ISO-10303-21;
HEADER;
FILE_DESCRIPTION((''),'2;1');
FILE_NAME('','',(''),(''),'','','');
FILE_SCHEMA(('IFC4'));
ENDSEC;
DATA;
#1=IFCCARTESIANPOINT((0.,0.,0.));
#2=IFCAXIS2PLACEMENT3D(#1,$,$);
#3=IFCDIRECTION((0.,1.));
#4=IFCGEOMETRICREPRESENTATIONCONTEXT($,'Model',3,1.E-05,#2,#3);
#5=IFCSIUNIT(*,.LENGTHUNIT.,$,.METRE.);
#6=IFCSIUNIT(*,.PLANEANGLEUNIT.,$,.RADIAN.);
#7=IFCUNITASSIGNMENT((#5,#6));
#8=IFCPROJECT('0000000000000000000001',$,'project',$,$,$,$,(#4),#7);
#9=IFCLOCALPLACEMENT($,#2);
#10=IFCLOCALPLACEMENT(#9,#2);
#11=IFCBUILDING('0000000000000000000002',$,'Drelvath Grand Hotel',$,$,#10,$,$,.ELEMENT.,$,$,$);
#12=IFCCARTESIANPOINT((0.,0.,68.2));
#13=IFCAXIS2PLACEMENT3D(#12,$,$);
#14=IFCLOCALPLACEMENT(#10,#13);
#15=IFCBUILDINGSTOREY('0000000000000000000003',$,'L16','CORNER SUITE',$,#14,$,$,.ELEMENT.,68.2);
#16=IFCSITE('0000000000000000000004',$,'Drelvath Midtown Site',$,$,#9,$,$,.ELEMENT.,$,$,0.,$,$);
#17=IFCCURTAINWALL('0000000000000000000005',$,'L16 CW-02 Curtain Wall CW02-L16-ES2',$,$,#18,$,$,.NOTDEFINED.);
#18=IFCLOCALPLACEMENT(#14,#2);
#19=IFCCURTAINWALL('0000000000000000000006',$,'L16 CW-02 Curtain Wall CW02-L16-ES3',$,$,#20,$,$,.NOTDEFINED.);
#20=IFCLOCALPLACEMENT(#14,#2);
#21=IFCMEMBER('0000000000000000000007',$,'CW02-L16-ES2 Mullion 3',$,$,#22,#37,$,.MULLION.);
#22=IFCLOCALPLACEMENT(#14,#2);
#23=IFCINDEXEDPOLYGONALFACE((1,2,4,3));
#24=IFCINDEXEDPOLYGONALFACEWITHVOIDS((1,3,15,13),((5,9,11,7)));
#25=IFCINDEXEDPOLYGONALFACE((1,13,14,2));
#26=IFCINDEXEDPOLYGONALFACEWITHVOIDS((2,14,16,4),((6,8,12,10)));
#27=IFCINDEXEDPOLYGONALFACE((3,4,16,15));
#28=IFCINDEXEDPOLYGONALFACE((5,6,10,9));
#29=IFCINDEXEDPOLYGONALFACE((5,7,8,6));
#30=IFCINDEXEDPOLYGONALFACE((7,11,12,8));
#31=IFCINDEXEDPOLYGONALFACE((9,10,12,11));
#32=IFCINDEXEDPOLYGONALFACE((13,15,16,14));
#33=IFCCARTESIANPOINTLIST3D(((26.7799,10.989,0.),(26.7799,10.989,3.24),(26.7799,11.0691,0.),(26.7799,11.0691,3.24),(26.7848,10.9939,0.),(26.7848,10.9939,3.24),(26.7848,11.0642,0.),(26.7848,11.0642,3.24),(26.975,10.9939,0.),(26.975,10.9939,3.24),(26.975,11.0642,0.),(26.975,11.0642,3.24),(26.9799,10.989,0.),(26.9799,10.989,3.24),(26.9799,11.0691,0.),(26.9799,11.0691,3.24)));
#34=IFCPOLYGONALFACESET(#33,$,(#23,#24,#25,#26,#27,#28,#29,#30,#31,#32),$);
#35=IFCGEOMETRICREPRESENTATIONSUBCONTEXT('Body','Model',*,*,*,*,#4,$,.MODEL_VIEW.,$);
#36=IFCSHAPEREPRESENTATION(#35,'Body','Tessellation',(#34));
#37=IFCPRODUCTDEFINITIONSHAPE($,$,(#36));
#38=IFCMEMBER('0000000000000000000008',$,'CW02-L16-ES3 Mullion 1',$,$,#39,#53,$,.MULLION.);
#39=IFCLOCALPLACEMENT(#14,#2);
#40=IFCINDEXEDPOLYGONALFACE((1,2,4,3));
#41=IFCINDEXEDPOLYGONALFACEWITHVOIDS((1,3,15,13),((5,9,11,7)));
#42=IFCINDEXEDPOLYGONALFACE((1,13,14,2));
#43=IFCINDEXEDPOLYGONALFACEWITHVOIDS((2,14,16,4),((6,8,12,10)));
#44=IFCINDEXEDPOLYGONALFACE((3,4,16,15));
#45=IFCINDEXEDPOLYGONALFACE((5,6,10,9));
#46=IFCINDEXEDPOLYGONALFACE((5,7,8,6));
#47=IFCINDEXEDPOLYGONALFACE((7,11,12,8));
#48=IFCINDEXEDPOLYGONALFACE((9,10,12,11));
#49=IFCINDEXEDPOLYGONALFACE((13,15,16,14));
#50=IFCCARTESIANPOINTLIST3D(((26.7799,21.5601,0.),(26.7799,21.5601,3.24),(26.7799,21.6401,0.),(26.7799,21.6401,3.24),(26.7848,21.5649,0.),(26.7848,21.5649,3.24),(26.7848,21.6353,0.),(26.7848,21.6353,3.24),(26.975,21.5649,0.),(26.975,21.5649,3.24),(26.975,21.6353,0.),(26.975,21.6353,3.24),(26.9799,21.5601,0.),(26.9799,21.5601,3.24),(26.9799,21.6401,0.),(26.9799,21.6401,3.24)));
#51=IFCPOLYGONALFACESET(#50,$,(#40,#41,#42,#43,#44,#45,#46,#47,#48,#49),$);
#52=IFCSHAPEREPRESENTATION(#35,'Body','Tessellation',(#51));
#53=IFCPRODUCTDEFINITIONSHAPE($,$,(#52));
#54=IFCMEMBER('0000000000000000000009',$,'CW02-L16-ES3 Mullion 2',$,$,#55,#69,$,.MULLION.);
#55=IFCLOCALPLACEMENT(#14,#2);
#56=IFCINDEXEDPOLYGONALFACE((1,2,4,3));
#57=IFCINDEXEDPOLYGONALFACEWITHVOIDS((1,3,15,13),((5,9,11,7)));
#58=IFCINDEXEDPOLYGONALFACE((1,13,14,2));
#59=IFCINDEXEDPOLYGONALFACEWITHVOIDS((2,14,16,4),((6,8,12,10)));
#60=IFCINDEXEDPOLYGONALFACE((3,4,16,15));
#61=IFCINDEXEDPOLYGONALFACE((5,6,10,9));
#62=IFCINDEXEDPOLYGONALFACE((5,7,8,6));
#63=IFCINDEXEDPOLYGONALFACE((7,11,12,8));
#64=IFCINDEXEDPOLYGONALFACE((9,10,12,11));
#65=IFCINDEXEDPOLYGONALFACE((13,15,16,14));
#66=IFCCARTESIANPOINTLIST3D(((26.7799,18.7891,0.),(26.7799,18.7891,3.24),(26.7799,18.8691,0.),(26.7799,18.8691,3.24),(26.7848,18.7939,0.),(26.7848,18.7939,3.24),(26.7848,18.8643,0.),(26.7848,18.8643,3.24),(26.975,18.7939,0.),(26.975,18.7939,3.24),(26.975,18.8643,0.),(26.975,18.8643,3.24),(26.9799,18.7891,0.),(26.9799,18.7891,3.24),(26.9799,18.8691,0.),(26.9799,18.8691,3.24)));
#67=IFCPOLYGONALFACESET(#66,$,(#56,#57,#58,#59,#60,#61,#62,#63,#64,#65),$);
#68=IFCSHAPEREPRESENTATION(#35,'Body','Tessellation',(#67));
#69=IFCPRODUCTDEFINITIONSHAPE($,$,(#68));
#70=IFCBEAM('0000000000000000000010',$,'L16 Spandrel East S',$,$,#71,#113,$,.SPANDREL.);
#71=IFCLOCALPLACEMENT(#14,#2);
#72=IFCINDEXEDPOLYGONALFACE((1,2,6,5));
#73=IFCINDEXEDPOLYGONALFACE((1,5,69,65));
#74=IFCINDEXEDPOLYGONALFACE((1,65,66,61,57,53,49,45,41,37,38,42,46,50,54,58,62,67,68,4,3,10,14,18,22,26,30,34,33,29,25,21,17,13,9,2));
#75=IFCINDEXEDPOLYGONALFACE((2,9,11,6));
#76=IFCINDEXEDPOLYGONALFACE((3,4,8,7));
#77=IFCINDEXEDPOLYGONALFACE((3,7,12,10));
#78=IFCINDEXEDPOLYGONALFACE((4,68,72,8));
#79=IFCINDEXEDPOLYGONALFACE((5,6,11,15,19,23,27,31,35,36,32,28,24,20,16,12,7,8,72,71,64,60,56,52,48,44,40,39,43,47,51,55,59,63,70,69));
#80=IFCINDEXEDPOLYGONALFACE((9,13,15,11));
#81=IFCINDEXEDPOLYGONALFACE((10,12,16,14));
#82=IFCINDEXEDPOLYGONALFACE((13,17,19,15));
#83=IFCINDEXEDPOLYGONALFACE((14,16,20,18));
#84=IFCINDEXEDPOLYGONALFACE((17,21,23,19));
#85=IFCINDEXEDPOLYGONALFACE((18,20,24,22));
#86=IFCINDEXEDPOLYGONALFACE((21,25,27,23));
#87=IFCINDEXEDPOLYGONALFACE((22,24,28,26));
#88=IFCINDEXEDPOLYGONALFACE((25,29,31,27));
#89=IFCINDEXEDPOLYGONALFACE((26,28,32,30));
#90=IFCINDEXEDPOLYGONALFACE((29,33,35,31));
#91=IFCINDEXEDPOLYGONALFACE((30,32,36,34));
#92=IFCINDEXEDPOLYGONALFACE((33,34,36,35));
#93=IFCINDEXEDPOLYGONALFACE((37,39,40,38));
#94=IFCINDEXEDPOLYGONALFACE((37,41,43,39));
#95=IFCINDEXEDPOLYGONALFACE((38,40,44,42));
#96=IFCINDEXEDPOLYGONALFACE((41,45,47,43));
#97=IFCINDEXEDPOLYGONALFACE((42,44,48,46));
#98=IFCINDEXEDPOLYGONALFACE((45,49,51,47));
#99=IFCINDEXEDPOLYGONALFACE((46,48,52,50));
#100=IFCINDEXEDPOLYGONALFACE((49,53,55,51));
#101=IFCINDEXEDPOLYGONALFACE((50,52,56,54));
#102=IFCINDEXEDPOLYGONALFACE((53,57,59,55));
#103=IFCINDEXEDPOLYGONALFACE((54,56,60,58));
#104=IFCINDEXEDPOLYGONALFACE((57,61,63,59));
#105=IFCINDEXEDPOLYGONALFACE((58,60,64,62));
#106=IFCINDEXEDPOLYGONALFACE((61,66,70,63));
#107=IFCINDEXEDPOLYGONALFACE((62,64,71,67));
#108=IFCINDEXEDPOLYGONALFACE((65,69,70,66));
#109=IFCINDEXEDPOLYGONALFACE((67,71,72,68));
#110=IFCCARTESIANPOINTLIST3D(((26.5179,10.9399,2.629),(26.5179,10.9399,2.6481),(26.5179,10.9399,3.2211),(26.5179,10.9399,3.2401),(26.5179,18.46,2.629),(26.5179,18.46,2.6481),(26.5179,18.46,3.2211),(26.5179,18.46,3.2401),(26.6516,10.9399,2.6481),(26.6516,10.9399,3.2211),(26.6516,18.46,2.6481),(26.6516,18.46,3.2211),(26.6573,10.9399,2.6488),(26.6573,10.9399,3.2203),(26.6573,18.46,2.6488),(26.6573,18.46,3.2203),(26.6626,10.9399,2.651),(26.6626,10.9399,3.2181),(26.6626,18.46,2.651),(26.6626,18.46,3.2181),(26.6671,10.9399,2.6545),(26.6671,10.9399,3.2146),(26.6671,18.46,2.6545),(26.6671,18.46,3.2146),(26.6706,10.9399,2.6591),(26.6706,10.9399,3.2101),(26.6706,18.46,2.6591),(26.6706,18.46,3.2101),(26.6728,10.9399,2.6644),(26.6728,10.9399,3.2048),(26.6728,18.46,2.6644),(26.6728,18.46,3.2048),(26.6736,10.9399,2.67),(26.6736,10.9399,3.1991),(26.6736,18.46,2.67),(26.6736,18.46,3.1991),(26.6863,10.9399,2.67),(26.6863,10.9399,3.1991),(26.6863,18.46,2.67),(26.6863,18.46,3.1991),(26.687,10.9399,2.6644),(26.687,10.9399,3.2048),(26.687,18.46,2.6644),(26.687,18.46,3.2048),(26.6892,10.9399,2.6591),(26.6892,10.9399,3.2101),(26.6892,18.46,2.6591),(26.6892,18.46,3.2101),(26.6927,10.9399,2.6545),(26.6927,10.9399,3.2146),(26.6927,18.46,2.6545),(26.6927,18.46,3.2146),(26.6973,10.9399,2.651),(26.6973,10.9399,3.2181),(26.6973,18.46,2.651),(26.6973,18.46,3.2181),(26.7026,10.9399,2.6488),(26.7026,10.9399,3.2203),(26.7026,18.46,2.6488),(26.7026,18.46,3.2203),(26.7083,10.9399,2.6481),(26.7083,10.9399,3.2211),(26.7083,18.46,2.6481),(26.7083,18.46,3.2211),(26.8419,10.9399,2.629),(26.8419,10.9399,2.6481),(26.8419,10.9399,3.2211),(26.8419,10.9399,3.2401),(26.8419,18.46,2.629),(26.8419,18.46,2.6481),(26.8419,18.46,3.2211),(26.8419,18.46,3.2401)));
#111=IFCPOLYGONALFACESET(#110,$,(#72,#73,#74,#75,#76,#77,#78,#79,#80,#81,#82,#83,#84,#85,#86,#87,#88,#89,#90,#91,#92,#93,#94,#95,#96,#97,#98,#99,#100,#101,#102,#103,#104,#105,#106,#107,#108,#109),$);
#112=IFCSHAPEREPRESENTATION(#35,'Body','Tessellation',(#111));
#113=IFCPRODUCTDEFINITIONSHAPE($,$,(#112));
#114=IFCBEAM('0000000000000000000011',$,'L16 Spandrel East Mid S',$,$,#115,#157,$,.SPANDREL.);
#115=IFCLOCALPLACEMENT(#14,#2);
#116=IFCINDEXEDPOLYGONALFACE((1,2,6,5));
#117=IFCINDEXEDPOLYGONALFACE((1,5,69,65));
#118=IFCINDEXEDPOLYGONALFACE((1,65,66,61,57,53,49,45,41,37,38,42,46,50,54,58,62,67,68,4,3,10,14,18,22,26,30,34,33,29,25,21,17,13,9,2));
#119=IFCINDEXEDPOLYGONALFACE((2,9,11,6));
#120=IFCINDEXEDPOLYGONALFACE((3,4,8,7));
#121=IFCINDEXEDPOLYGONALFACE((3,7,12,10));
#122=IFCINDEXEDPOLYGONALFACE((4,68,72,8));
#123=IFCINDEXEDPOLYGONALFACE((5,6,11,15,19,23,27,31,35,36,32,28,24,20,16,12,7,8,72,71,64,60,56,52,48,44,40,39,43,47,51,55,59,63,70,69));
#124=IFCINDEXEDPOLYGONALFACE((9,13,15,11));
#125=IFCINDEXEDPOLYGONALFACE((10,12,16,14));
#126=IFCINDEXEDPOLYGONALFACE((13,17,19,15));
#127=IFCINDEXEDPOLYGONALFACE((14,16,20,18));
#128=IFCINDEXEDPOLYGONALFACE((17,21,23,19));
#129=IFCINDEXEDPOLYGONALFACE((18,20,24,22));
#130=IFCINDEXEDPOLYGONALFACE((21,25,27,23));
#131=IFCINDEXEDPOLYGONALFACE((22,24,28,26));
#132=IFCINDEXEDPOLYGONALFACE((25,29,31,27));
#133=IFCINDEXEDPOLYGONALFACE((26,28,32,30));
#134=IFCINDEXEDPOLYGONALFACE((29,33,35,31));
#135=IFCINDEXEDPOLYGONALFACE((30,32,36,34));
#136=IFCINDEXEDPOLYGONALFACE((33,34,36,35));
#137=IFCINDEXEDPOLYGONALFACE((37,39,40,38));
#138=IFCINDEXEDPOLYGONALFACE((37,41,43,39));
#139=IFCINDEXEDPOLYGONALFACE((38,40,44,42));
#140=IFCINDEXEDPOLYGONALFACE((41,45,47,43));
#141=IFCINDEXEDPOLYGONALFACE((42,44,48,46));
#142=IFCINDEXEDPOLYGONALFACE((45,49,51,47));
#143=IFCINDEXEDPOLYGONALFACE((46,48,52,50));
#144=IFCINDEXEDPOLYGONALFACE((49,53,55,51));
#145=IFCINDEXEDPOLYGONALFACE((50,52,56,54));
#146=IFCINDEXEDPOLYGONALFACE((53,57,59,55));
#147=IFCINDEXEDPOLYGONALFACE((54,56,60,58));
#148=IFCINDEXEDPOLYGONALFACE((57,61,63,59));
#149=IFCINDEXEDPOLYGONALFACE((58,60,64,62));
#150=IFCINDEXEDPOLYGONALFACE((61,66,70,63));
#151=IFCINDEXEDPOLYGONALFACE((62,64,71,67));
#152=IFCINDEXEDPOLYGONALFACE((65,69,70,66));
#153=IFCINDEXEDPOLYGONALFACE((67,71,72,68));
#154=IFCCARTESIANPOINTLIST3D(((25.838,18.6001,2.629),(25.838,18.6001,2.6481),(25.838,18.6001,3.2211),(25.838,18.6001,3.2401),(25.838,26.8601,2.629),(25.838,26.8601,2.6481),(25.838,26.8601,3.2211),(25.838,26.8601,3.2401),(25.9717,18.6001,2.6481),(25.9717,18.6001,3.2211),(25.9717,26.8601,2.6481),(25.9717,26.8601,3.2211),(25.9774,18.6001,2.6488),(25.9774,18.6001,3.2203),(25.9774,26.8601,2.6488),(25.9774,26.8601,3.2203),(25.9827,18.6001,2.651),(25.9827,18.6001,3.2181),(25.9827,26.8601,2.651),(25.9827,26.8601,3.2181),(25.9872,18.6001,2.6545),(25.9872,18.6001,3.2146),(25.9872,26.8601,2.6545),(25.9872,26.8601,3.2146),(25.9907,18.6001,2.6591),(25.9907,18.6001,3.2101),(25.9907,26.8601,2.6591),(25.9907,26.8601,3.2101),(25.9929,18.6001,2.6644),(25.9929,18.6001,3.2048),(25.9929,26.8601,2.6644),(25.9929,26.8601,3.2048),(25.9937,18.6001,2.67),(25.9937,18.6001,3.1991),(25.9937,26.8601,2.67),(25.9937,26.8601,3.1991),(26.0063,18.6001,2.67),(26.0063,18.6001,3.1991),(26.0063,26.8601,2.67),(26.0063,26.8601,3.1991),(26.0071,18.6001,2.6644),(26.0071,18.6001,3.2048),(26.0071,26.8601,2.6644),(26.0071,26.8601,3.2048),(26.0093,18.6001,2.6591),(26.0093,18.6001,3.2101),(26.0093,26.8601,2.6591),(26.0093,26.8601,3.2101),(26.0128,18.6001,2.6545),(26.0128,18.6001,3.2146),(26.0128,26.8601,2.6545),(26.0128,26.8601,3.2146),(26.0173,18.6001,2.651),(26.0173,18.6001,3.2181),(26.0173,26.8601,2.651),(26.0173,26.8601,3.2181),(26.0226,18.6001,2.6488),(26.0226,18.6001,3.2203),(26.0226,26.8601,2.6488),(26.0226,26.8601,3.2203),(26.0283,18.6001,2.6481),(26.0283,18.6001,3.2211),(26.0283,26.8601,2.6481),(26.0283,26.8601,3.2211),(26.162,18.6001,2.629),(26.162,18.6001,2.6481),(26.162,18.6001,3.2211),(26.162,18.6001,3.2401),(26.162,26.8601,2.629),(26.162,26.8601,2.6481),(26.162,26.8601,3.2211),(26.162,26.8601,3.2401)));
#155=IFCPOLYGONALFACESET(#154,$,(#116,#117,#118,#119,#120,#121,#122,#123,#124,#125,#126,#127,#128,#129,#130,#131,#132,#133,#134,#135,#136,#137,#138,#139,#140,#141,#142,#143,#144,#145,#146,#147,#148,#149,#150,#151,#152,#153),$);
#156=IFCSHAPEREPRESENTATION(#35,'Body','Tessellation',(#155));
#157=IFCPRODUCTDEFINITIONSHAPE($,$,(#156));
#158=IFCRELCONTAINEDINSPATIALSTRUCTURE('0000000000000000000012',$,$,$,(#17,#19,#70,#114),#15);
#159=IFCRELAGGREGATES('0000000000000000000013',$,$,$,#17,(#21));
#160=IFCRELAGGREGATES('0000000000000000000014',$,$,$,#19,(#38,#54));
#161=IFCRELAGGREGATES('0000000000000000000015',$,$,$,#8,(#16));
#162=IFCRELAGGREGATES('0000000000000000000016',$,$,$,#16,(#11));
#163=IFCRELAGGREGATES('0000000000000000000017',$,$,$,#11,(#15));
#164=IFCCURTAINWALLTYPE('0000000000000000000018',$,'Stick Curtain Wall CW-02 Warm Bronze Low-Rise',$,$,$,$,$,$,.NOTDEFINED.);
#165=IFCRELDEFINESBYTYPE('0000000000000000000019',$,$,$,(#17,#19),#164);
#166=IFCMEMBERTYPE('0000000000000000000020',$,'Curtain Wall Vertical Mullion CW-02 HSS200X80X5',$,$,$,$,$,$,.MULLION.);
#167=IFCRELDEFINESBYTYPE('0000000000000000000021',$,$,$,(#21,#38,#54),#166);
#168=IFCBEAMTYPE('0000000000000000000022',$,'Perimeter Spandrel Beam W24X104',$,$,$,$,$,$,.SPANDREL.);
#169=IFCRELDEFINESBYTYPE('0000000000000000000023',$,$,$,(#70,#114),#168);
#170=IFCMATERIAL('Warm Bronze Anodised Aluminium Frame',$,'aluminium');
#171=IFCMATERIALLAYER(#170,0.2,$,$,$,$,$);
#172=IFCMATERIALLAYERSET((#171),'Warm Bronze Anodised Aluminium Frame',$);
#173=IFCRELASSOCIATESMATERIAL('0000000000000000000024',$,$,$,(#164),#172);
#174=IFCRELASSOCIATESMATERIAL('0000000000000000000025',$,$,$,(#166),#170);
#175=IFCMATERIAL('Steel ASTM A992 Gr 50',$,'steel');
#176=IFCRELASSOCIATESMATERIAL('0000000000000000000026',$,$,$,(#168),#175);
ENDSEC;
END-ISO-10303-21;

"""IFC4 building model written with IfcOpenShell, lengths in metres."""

from ifc_helpers import new_model, si_unit, direction, frame, origin, origin_2d, place, context, subcontext, project, spatial, hollow_rectangle, i_section, extrude, material, layer, layer_set, material_profile, profile_set, type_object, element, aggregate, save


model = new_model("IFC4")

# Units and contexts
model_context = context("Model", 3, precision=1e-05, world=origin(), true_north=direction((0.0, 1.0)))
body_context = subcontext(model_context, "Body", "Model", "MODEL_VIEW")
ifc_project = project(units=[si_unit("LENGTHUNIT", "METRE"), si_unit("PLANEANGLEUNIT", "RADIAN")], contexts=[model_context])

# Site, building, storey
site_placement = place(None, origin())
site = spatial("IfcSite", under=ifc_project, at=site_placement, Name="Drelvath Midtown Site", CompositionType="ELEMENT", RefElevation=0.0)
building_placement = place(site_placement, origin())
building = spatial("IfcBuilding", under=site, at=building_placement, Name="Drelvath Grand Hotel", CompositionType="ELEMENT")
storey_placement = place(building_placement, frame((0.0, 0.0, 68.2)))
storey = spatial("IfcBuildingStorey", under=building, at=storey_placement, Name="L16", Description="CORNER SUITE", CompositionType="ELEMENT", Elevation=68.2)

# Curtain walls
ifc_material_1 = material(Name="Warm Bronze Anodised Aluminium Frame", Category="aluminium")
ifc_layer_1 = layer(ifc_material_1, 0.2)
ifc_layer_set_1 = layer_set([ifc_layer_1], Name="Warm Bronze Anodised Aluminium Frame")
curtain_wall_type = type_object("IfcCurtainWallType", Name="Stick Curtain Wall CW-02 Warm Bronze Low-Rise", PredefinedType="NOTDEFINED", material=ifc_layer_set_1)
curtain_wall_1_placement = place(storey_placement, origin())
curtain_wall_1 = element("IfcCurtainWall", 1, at=curtain_wall_1_placement, inside=storey, type_object=curtain_wall_type, Name="L16 CW-02 Curtain Wall CW02-L16-ES2", PredefinedType="NOTDEFINED")
curtain_wall_2_placement = place(storey_placement, origin())
curtain_wall_2 = element("IfcCurtainWall", 2, at=curtain_wall_2_placement, inside=storey, type_object=curtain_wall_type, Name="L16 CW-02 Curtain Wall CW02-L16-ES3", PredefinedType="NOTDEFINED")
ifc_material_profile_1 = material_profile(ifc_material_1, hollow_rectangle(XDim=0.0801, YDim=0.2, WallThickness=0.0049, at=origin_2d()), Name="HSS200X80X5")
ifc_profile_set_1 = profile_set([ifc_material_profile_1], Name="Warm Bronze Anodised Aluminium Frame")
member_type_1 = type_object("IfcMemberType", Name="Curtain Wall Vertical Mullion CW-02 HSS200X80X5", PredefinedType="MULLION", material=ifc_profile_set_1)

# Members
member_1_placement = place(storey_placement, frame((26.8799, 11.0291, 0.0), z_axis=(0.0, 0.0, 1.0), x_axis=(0.0, 1.0, 0.0)))
member_1 = element("IfcMember", 3, at=member_1_placement, type_object=member_type_1, Name="CW02-L16-ES2 Mullion 3", PredefinedType="MULLION", context=body_context, shape_type="SweptSolid", body=[
    extrude(hollow_rectangle(XDim=0.0801, YDim=0.2, WallThickness=0.0049, at=origin_2d()), origin(), (0.0, 0.0, 1.0), 3.24),
])
member_2_placement = place(storey_placement, frame((26.8799, 21.6001, 0.0), z_axis=(0.0, 0.0, 1.0), x_axis=(0.0, 1.0, 0.0)))
member_2 = element("IfcMember", 4, at=member_2_placement, type_object=member_type_1, Name="CW02-L16-ES3 Mullion 1", PredefinedType="MULLION", context=body_context, shape_type="SweptSolid", body=[
    extrude(hollow_rectangle(XDim=0.0801, YDim=0.2, WallThickness=0.0049, at=origin_2d()), origin(), (0.0, 0.0, 1.0), 3.24),
])
member_3_placement = place(storey_placement, frame((26.8799, 18.8291, 0.0), z_axis=(0.0, 0.0, 1.0), x_axis=(0.0, 1.0, 0.0)))
member_3 = element("IfcMember", 5, at=member_3_placement, type_object=member_type_1, Name="CW02-L16-ES3 Mullion 2", PredefinedType="MULLION", context=body_context, shape_type="SweptSolid", body=[
    extrude(hollow_rectangle(XDim=0.0801, YDim=0.2, WallThickness=0.0049, at=origin_2d()), origin(), (0.0, 0.0, 1.0), 3.24),
])

# Beams
ifc_material_2 = material(Name="Steel ASTM A992 Gr 50", Category="steel")
ifc_material_profile_2 = material_profile(ifc_material_2, i_section(OverallWidth=0.324, OverallDepth=0.6111, WebThickness=0.0127, FlangeThickness=0.019, FilletRadius=0.022, at=origin_2d()), Name="W24X104")
ifc_profile_set_2 = profile_set([ifc_material_profile_2], Name="Steel ASTM A992 Gr 50")
beam_type_1 = type_object("IfcBeamType", Name="Perimeter Spandrel Beam W24X104", PredefinedType="SPANDREL", material=ifc_profile_set_2)
beam_1_placement = place(storey_placement, frame((26.6799, 10.9399, 2.9346), z_axis=(0.0, 1.0, 0.0), x_axis=(-1.0, 0.0, 0.0)))
element("IfcBeam", 6, at=beam_1_placement, inside=storey, type_object=beam_type_1, Name="L16 Spandrel East S", PredefinedType="SPANDREL", context=body_context, shape_type="SweptSolid", body=[
    extrude(i_section(OverallWidth=0.324, OverallDepth=0.6111, WebThickness=0.0127, FlangeThickness=0.019, FilletRadius=0.022, at=origin_2d()), origin(), (0.0, 0.0, 1.0), 7.52),
])
beam_2_placement = place(storey_placement, frame((26.0, 18.6001, 2.9346), z_axis=(0.0, 1.0, 0.0), x_axis=(-1.0, 0.0, 0.0)))
element("IfcBeam", 7, at=beam_2_placement, inside=storey, type_object=beam_type_1, Name="L16 Spandrel East Mid S", PredefinedType="SPANDREL", context=body_context, shape_type="SweptSolid", body=[
    extrude(i_section(OverallWidth=0.324, OverallDepth=0.6111, WebThickness=0.0127, FlangeThickness=0.019, FilletRadius=0.022, at=origin_2d()), origin(), (0.0, 0.0, 1.0), 8.26),
])

aggregate(curtain_wall_1, [member_1])
aggregate(curtain_wall_2, [member_2, member_3])

save(model, "model.ifc")
